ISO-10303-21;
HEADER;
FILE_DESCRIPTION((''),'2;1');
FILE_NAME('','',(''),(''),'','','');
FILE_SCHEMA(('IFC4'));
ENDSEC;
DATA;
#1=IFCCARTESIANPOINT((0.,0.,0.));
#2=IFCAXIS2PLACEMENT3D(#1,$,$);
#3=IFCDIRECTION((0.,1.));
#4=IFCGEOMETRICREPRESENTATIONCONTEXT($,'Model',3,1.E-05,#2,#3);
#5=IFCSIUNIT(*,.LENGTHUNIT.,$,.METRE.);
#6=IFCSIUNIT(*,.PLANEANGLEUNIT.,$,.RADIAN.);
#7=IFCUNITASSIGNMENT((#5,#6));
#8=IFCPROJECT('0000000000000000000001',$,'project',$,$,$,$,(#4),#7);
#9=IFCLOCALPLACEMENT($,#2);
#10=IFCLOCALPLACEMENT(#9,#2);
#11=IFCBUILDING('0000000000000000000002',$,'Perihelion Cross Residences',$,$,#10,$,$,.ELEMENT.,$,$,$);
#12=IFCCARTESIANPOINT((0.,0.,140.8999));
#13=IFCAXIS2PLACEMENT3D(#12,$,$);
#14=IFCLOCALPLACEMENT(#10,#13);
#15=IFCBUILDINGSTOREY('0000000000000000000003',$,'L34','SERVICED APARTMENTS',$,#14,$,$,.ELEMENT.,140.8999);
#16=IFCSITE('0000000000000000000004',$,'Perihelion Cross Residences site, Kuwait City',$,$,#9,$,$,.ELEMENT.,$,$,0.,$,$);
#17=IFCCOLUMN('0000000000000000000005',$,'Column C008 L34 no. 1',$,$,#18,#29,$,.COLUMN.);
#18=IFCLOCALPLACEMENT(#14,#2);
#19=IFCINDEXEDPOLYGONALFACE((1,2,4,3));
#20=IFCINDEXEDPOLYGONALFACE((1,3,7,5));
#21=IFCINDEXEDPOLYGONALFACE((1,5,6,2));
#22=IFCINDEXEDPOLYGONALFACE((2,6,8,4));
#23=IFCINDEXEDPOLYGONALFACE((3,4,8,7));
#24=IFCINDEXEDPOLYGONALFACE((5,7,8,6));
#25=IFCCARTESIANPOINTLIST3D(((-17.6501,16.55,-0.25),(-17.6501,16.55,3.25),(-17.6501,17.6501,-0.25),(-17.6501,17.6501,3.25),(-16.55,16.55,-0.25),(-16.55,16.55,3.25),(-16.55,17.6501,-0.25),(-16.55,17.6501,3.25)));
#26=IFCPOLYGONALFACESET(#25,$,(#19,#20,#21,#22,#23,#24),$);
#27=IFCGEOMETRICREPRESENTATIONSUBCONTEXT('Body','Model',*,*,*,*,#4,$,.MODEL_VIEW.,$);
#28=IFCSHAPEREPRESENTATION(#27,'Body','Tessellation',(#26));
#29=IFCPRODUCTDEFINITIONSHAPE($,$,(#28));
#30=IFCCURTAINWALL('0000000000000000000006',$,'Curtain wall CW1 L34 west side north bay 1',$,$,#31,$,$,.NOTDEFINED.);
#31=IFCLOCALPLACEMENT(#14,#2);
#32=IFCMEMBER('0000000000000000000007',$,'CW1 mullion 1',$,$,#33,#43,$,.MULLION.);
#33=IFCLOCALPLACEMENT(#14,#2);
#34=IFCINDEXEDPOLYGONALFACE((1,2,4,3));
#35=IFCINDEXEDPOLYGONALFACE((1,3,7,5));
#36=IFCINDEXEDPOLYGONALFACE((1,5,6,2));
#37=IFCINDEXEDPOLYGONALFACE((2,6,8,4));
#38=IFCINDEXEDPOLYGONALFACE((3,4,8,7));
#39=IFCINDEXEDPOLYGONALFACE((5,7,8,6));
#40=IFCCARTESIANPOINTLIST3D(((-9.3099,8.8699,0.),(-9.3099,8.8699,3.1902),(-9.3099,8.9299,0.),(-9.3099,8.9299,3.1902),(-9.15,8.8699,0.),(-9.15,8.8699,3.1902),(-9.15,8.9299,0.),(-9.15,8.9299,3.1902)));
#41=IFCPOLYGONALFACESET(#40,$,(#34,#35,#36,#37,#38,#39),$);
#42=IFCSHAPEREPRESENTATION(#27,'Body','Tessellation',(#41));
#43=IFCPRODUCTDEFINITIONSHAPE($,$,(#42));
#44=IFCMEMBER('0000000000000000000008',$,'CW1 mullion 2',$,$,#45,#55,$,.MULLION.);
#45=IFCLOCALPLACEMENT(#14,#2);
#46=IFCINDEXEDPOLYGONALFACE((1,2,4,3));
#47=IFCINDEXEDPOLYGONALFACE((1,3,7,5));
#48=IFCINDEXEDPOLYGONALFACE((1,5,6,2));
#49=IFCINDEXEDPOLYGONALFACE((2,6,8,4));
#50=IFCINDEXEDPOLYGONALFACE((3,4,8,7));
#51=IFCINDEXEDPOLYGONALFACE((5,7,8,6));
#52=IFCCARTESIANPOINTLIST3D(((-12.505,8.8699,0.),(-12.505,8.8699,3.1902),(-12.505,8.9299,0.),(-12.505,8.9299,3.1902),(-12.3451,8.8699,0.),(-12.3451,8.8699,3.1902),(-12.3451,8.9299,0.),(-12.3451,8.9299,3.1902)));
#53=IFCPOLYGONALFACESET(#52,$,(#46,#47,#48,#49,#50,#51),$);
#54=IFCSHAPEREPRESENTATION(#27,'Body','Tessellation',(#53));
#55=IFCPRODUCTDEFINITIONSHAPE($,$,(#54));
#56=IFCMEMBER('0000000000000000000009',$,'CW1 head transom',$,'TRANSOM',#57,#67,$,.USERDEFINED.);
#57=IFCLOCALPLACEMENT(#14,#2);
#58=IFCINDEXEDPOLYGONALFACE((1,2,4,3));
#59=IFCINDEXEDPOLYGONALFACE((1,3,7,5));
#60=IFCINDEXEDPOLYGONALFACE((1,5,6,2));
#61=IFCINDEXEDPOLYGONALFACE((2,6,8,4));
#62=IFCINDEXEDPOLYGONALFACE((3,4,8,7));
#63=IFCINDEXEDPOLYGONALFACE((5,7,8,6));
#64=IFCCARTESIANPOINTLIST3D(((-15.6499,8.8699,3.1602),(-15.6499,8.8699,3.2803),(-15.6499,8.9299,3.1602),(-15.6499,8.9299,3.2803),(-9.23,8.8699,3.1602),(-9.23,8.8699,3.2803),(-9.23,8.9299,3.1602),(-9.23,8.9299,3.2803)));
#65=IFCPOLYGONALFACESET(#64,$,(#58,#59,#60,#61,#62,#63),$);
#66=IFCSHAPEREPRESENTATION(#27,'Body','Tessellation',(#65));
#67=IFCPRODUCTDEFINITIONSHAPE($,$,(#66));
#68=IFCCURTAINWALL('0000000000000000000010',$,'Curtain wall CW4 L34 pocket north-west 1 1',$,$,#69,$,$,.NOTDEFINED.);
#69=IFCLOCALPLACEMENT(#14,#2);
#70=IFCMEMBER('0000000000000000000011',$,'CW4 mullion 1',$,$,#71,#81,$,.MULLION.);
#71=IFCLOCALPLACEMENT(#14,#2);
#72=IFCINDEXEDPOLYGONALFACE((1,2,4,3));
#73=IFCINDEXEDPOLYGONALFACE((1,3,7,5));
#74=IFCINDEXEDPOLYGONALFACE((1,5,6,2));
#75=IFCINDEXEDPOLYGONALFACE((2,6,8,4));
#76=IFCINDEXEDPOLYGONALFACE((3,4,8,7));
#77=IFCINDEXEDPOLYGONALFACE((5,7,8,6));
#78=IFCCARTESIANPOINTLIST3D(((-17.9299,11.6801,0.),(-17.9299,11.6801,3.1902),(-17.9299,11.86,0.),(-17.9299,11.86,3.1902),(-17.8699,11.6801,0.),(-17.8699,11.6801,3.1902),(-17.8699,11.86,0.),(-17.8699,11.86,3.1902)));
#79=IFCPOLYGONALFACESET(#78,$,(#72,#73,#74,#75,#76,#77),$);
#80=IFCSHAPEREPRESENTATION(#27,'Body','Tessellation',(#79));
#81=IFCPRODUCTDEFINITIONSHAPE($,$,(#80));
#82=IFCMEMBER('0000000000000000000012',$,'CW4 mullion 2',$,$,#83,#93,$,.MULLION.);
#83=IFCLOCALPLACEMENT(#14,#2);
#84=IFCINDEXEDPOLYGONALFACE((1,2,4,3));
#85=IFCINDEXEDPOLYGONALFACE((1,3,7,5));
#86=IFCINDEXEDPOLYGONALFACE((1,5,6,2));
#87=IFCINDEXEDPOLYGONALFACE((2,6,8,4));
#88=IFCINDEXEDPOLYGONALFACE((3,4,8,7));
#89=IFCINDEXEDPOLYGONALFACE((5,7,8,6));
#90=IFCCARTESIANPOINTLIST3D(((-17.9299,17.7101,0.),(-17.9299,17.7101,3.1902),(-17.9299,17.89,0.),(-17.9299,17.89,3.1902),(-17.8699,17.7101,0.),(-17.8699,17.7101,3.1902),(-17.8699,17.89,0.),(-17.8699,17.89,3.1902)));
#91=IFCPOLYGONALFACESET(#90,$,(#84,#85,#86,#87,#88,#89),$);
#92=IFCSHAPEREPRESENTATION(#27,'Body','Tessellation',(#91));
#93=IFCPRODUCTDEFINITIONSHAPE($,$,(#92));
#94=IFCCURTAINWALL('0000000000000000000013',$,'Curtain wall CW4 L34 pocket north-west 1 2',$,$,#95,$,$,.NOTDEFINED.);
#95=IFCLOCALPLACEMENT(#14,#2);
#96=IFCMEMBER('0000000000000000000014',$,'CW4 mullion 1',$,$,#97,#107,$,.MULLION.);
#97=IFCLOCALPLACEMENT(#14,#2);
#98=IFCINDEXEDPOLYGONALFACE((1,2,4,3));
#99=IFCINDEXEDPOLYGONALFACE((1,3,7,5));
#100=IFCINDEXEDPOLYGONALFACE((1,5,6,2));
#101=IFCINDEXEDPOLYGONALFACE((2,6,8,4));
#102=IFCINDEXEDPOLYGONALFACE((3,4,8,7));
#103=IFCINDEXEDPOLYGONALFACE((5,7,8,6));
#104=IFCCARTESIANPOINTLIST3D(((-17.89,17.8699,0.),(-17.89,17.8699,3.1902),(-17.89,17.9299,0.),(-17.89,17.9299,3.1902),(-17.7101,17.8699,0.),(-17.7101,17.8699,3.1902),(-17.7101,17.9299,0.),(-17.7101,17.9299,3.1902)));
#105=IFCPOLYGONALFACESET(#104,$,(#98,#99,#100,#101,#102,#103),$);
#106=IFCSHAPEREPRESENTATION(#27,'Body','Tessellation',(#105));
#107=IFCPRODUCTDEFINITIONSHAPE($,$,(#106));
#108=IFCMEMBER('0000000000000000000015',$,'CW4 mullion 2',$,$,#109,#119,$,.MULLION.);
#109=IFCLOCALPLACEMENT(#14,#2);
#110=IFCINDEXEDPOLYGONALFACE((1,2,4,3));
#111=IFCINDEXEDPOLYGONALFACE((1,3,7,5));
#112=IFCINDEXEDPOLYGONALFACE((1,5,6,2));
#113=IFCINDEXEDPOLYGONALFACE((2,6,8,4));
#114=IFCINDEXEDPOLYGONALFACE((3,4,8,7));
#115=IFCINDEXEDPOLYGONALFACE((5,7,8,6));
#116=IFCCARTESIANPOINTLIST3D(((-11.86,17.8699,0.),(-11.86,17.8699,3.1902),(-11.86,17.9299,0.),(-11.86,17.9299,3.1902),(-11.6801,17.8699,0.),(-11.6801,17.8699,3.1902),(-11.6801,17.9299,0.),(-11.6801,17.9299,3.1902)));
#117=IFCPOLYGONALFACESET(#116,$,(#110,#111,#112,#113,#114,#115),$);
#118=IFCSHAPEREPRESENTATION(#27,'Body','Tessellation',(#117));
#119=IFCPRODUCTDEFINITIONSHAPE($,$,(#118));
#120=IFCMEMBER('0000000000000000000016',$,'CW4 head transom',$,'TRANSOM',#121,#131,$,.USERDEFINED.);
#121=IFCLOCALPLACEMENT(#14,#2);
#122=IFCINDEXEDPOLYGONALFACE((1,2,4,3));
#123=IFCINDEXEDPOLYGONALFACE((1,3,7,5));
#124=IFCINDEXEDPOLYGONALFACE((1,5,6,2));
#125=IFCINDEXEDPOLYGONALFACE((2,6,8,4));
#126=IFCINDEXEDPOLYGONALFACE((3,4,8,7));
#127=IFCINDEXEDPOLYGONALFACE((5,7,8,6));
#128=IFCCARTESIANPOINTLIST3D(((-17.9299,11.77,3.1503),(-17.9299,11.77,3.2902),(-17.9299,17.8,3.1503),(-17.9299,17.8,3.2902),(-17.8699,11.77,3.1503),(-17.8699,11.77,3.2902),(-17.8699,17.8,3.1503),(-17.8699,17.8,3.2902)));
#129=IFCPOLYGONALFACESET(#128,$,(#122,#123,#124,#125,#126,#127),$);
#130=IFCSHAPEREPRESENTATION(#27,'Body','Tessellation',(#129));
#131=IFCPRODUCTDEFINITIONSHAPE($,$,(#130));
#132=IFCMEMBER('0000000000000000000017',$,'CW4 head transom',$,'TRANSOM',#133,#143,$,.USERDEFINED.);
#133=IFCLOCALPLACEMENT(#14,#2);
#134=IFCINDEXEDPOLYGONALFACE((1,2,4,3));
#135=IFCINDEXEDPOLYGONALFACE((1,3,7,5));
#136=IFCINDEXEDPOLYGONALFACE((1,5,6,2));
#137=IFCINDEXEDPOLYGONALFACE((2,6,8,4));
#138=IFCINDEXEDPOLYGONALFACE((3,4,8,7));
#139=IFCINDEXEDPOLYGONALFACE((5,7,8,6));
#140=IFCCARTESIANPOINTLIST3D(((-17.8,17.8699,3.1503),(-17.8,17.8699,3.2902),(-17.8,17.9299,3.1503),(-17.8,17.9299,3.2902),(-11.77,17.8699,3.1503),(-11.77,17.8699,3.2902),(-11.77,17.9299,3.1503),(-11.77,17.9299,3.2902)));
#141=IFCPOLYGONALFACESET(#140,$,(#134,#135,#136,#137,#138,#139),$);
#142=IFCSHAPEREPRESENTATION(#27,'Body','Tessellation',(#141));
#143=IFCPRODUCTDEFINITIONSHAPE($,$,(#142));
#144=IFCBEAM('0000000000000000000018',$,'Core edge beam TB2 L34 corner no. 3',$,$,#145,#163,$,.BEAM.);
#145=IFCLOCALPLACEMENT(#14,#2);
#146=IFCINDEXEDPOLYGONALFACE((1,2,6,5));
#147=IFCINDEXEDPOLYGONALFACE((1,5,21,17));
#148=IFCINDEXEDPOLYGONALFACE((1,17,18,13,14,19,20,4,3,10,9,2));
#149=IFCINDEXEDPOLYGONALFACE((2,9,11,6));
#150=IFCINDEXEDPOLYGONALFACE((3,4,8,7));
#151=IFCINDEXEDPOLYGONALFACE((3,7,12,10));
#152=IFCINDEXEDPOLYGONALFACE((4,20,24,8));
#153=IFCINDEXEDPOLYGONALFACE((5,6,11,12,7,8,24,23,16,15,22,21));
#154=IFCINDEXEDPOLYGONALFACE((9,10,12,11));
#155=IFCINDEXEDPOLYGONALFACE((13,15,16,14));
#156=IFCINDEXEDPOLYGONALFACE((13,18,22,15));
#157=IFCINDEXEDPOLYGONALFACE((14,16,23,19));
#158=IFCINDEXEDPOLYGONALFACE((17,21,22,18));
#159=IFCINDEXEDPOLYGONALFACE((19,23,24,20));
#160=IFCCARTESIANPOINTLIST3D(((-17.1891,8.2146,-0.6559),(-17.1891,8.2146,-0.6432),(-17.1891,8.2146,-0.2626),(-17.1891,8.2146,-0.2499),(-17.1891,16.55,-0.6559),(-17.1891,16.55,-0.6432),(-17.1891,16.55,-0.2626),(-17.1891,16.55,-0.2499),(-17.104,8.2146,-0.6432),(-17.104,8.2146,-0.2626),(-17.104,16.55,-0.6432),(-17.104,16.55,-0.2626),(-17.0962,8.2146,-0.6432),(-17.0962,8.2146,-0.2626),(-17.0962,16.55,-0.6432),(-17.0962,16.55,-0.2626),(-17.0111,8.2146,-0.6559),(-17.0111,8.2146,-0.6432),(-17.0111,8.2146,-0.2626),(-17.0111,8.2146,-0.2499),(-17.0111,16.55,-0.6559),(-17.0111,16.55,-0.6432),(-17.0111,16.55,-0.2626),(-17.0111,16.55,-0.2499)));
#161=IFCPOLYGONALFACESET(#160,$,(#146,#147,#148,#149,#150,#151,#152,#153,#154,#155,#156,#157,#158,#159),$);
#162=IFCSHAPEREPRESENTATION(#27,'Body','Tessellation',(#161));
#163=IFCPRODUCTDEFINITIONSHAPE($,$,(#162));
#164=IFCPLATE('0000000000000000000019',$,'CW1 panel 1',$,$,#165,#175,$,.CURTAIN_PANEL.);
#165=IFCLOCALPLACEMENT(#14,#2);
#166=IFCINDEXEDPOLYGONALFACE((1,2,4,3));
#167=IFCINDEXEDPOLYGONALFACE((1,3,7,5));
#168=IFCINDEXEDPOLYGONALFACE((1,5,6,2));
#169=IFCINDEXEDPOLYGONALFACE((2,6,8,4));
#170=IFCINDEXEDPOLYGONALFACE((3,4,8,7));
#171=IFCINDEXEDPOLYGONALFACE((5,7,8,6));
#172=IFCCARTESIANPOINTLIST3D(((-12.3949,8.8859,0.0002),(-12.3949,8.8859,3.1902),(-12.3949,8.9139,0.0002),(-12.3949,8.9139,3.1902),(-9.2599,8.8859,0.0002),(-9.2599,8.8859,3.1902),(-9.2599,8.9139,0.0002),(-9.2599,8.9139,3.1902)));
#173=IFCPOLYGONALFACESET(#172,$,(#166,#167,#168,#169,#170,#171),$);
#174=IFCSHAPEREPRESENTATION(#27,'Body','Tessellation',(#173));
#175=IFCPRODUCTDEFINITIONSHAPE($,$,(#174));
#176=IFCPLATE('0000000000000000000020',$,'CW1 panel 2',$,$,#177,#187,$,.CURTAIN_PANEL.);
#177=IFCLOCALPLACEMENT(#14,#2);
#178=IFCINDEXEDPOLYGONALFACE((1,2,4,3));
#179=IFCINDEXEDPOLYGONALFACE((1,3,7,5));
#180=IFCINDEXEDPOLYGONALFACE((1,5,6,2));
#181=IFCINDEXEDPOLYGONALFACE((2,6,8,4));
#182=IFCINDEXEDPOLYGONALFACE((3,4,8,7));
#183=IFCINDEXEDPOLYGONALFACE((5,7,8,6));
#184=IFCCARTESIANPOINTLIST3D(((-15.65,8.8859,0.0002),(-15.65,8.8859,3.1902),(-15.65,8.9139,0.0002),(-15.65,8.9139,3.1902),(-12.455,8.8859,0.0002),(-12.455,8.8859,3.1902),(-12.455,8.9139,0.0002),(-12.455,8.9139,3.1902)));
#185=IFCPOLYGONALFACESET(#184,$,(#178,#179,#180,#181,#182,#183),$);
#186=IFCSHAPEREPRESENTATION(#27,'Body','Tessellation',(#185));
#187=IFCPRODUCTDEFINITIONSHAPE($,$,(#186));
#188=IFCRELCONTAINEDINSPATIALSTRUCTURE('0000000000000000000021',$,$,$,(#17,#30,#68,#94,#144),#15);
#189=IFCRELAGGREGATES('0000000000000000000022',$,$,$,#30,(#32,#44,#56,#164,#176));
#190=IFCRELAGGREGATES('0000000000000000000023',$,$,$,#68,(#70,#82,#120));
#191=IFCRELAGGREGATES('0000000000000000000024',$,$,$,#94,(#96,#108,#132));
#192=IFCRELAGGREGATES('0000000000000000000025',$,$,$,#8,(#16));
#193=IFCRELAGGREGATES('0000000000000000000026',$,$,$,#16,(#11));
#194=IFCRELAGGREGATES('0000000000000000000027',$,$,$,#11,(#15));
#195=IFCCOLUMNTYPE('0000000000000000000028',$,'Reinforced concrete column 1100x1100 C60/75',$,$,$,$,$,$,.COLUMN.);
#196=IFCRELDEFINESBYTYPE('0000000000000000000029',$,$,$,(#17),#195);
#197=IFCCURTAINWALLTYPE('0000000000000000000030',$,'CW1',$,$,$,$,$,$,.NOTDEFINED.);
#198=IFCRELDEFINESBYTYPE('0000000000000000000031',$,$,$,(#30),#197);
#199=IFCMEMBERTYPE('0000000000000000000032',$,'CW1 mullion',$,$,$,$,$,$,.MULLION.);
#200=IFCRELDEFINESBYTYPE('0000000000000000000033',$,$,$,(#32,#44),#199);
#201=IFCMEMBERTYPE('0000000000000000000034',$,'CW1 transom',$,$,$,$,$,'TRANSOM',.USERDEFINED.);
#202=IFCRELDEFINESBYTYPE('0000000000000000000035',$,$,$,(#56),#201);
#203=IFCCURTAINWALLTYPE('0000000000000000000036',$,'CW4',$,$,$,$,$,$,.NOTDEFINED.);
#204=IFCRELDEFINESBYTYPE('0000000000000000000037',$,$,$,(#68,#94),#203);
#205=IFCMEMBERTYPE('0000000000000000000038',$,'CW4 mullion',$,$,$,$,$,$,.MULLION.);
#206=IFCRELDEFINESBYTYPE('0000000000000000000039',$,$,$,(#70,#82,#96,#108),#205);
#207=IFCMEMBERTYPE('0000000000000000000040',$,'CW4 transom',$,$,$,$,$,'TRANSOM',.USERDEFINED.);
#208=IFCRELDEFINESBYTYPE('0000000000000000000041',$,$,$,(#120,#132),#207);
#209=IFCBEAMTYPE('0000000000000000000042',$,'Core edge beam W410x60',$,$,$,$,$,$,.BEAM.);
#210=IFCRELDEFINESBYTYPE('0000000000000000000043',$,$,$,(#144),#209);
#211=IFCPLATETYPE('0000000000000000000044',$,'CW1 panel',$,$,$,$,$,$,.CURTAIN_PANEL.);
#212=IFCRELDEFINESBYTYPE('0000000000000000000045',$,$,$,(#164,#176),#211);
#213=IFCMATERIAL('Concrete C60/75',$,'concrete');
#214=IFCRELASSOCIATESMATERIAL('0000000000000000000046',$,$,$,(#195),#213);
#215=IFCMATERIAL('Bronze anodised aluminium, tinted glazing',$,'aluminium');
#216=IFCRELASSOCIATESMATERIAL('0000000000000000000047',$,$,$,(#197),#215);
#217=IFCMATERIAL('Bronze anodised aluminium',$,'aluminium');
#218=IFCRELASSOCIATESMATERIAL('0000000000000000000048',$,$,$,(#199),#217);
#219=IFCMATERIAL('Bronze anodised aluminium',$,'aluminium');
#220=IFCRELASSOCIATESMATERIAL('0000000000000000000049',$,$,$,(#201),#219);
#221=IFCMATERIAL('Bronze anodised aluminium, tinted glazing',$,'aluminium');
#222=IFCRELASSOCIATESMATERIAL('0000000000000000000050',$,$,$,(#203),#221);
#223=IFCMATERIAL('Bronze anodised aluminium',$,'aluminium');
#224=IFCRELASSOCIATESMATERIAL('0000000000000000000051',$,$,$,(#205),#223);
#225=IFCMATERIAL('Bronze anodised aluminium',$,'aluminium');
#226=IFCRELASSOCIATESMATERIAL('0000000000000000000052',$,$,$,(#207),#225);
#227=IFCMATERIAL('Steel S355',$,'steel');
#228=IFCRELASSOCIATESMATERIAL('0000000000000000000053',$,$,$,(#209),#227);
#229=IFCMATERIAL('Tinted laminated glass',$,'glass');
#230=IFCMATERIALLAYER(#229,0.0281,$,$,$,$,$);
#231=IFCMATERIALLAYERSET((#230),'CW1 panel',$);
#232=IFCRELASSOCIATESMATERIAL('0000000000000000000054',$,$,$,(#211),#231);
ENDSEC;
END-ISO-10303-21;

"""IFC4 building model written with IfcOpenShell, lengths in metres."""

from ifc_helpers import new_model, si_unit, direction, frame, origin, origin_2d, place, context, subcontext, project, spatial, rectangle, i_section, extrude, material, layer, layer_set, material_profile, profile_set, type_object, element, aggregate, save


model = new_model("IFC4")

# Units and contexts
model_context = context("Model", 3, precision=1e-05, world=origin(), true_north=direction((0.0, 1.0)))
body_context = subcontext(model_context, "Body", "Model", "MODEL_VIEW")
ifc_project = project(units=[si_unit("LENGTHUNIT", "METRE"), si_unit("PLANEANGLEUNIT", "RADIAN")], contexts=[model_context])

# Site, building, storey
site_placement = place(None, origin())
site = spatial("IfcSite", under=ifc_project, at=site_placement, Name="Perihelion Cross Residences site, Kuwait City", CompositionType="ELEMENT", RefElevation=0.0)
building_placement = place(site_placement, origin())
building = spatial("IfcBuilding", under=site, at=building_placement, Name="Perihelion Cross Residences", CompositionType="ELEMENT")
storey_placement = place(building_placement, frame((0.0, 0.0, 140.8999)))
storey = spatial("IfcBuildingStorey", under=building, at=storey_placement, Name="L34", Description="SERVICED APARTMENTS", CompositionType="ELEMENT", Elevation=140.8999)

# Column
ifc_material_1 = material(Name="Concrete C60/75", Category="concrete")
ifc_material_profile_1 = material_profile(ifc_material_1, rectangle(XDim=1.1001, YDim=1.1001, at=origin_2d()), Name="RC 1100x1100")
ifc_profile_set_1 = profile_set([ifc_material_profile_1], Name="Concrete C60/75")
column_type = type_object("IfcColumnType", Name="Reinforced concrete column 1100x1100 C60/75", PredefinedType="COLUMN", material=ifc_profile_set_1)
column_placement = place(storey_placement, frame((-17.1001, 17.1001, -0.25), z_axis=(0.0, 0.0, 1.0), x_axis=(1.0, 0.0, 0.0)))
element("IfcColumn", 1, at=column_placement, inside=storey, type_object=column_type, Name="Column C008 L34 no. 1", PredefinedType="COLUMN", context=body_context, shape_type="SweptSolid", body=[
    extrude(rectangle(XDim=1.1001, YDim=1.1001, at=origin_2d()), origin(), (0.0, 0.0, 1.0), 3.5),
])

# Curtain walls, members
ifc_material_2 = material(Name="Bronze anodised aluminium, tinted glazing", Category="aluminium")
curtain_wall_type_1 = type_object("IfcCurtainWallType", Name="CW1", PredefinedType="NOTDEFINED", material=ifc_material_2)
curtain_wall_1_placement = place(storey_placement, origin())
curtain_wall_1 = element("IfcCurtainWall", 2, at=curtain_wall_1_placement, inside=storey, type_object=curtain_wall_type_1, Name="Curtain wall CW1 L34 west side north bay 1", PredefinedType="NOTDEFINED")
ifc_material_3 = material(Name="Bronze anodised aluminium", Category="aluminium")
ifc_material_profile_2 = material_profile(ifc_material_3, rectangle(XDim=0.0601, YDim=0.1599, at=origin_2d()), Name="CW1 mullion")
ifc_profile_set_2 = profile_set([ifc_material_profile_2], Name="Bronze anodised aluminium")
member_type_1 = type_object("IfcMemberType", Name="CW1 mullion", PredefinedType="MULLION", material=ifc_profile_set_2)
member_1_placement = place(storey_placement, frame((-9.23, 8.8999, 0.0), z_axis=(0.0, 0.0, 1.0), x_axis=(0.0, -1.0, 0.0)))
member_1 = element("IfcMember", 3, at=member_1_placement, type_object=member_type_1, Name="CW1 mullion 1", PredefinedType="MULLION", context=body_context, shape_type="SweptSolid", body=[
    extrude(rectangle(XDim=0.0601, YDim=0.1599, at=origin_2d()), origin(), (0.0, 0.0, 1.0), 3.1902),
])
member_2_placement = place(storey_placement, frame((-12.425, 8.8999, 0.0), z_axis=(0.0, 0.0, 1.0), x_axis=(0.0, -1.0, 0.0)))
member_2 = element("IfcMember", 4, at=member_2_placement, type_object=member_type_1, Name="CW1 mullion 2", PredefinedType="MULLION", context=body_context, shape_type="SweptSolid", body=[
    extrude(rectangle(XDim=0.0601, YDim=0.1599, at=origin_2d()), origin(), (0.0, 0.0, 1.0), 3.1902),
])
ifc_material_4 = material(Name="Bronze anodised aluminium", Category="aluminium")
ifc_material_profile_3 = material_profile(ifc_material_4, rectangle(XDim=0.0601, YDim=0.1201, at=origin_2d()), Name="CW1 transom")
ifc_profile_set_3 = profile_set([ifc_material_profile_3], Name="Bronze anodised aluminium")
member_type_2 = type_object("IfcMemberType", Name="CW1 transom", ElementType="TRANSOM", PredefinedType="USERDEFINED", material=ifc_profile_set_3)
member_3_placement = place(storey_placement, frame((-9.23, 8.8999, 3.2202), z_axis=(-1.0, 0.0, 0.0), x_axis=(0.0, -1.0, 0.0)))
member_3 = element("IfcMember", 5, at=member_3_placement, type_object=member_type_2, Name="CW1 head transom", ObjectType="TRANSOM", PredefinedType="USERDEFINED", context=body_context, shape_type="SweptSolid", body=[
    extrude(rectangle(XDim=0.0601, YDim=0.1201, at=origin_2d()), origin(), (0.0, 0.0, 1.0), 6.4199),
])
ifc_material_5 = material(Name="Bronze anodised aluminium, tinted glazing", Category="aluminium")
curtain_wall_type_2 = type_object("IfcCurtainWallType", Name="CW4", PredefinedType="NOTDEFINED", material=ifc_material_5)
curtain_wall_2_placement = place(storey_placement, origin())
curtain_wall_2 = element("IfcCurtainWall", 6, at=curtain_wall_2_placement, inside=storey, type_object=curtain_wall_type_2, Name="Curtain wall CW4 L34 pocket north-west 1 1", PredefinedType="NOTDEFINED")
ifc_material_6 = material(Name="Bronze anodised aluminium", Category="aluminium")
ifc_material_profile_4 = material_profile(ifc_material_6, rectangle(XDim=0.0601, YDim=0.1799, at=origin_2d()), Name="CW4 mullion")
ifc_profile_set_4 = profile_set([ifc_material_profile_4], Name="Bronze anodised aluminium")
member_type_3 = type_object("IfcMemberType", Name="CW4 mullion", PredefinedType="MULLION", material=ifc_profile_set_4)
member_4_placement = place(storey_placement, frame((-17.8999, 11.77, 0.0), z_axis=(0.0, 0.0, 1.0), x_axis=(-1.0, 0.0, 0.0)))
member_4 = element("IfcMember", 7, at=member_4_placement, type_object=member_type_3, Name="CW4 mullion 1", PredefinedType="MULLION", context=body_context, shape_type="SweptSolid", body=[
    extrude(rectangle(XDim=0.0601, YDim=0.1799, at=origin_2d()), origin(), (0.0, 0.0, 1.0), 3.1902),
])
member_5_placement = place(storey_placement, frame((-17.8999, 17.8, 0.0), z_axis=(0.0, 0.0, 1.0), x_axis=(-1.0, 0.0, 0.0)))
member_5 = element("IfcMember", 8, at=member_5_placement, type_object=member_type_3, Name="CW4 mullion 2", PredefinedType="MULLION", context=body_context, shape_type="SweptSolid", body=[
    extrude(rectangle(XDim=0.0601, YDim=0.1799, at=origin_2d()), origin(), (0.0, 0.0, 1.0), 3.1902),
])
curtain_wall_3_placement = place(storey_placement, origin())
curtain_wall_3 = element("IfcCurtainWall", 9, at=curtain_wall_3_placement, inside=storey, type_object=curtain_wall_type_2, Name="Curtain wall CW4 L34 pocket north-west 1 2", PredefinedType="NOTDEFINED")
member_6_placement = place(storey_placement, frame((-17.8, 17.8999, 0.0), z_axis=(0.0, 0.0, 1.0), x_axis=(0.0, 1.0, 0.0)))
member_6 = element("IfcMember", 10, at=member_6_placement, type_object=member_type_3, Name="CW4 mullion 1", PredefinedType="MULLION", context=body_context, shape_type="SweptSolid", body=[
    extrude(rectangle(XDim=0.0601, YDim=0.1799, at=origin_2d()), origin(), (0.0, 0.0, 1.0), 3.1902),
])
member_7_placement = place(storey_placement, frame((-11.77, 17.8999, 0.0), z_axis=(0.0, 0.0, 1.0), x_axis=(0.0, 1.0, 0.0)))
member_7 = element("IfcMember", 11, at=member_7_placement, type_object=member_type_3, Name="CW4 mullion 2", PredefinedType="MULLION", context=body_context, shape_type="SweptSolid", body=[
    extrude(rectangle(XDim=0.0601, YDim=0.1799, at=origin_2d()), origin(), (0.0, 0.0, 1.0), 3.1902),
])

# Members
ifc_material_7 = material(Name="Bronze anodised aluminium", Category="aluminium")
ifc_material_profile_5 = material_profile(ifc_material_7, rectangle(XDim=0.0601, YDim=0.1399, at=origin_2d()), Name="CW4 transom")
ifc_profile_set_5 = profile_set([ifc_material_profile_5], Name="Bronze anodised aluminium")
member_type_4 = type_object("IfcMemberType", Name="CW4 transom", ElementType="TRANSOM", PredefinedType="USERDEFINED", material=ifc_profile_set_5)
member_8_placement = place(storey_placement, frame((-17.8999, 11.77, 3.2202), z_axis=(0.0, 1.0, 0.0), x_axis=(-1.0, 0.0, 0.0)))
member_8 = element("IfcMember", 12, at=member_8_placement, type_object=member_type_4, Name="CW4 head transom", ObjectType="TRANSOM", PredefinedType="USERDEFINED", context=body_context, shape_type="SweptSolid", body=[
    extrude(rectangle(XDim=0.0601, YDim=0.1399, at=origin_2d()), origin(), (0.0, 0.0, 1.0), 6.03),
])
member_9_placement = place(storey_placement, frame((-17.8, 17.8999, 3.2202), z_axis=(1.0, 0.0, 0.0), x_axis=(0.0, 1.0, 0.0)))
member_9 = element("IfcMember", 13, at=member_9_placement, type_object=member_type_4, Name="CW4 head transom", ObjectType="TRANSOM", PredefinedType="USERDEFINED", context=body_context, shape_type="SweptSolid", body=[
    extrude(rectangle(XDim=0.0601, YDim=0.1399, at=origin_2d()), origin(), (0.0, 0.0, 1.0), 6.03),
])

# Beam
ifc_material_8 = material(Name="Steel S355", Category="steel")
ifc_material_profile_6 = material_profile(ifc_material_8, i_section(OverallWidth=0.178, OverallDepth=0.406, WebThickness=0.0078, FlangeThickness=0.0127, at=origin_2d()), Name="W410x60")
ifc_profile_set_6 = profile_set([ifc_material_profile_6], Name="Steel S355")
beam_type = type_object("IfcBeamType", Name="Core edge beam W410x60", PredefinedType="BEAM", material=ifc_profile_set_6)
beam_placement = place(storey_placement, frame((-17.1001, 8.2146, -0.4529), z_axis=(0.0, 1.0, 0.0), x_axis=(-1.0, 0.0, 0.0)))
element("IfcBeam", 14, at=beam_placement, inside=storey, type_object=beam_type, Name="Core edge beam TB2 L34 corner no. 3", PredefinedType="BEAM", context=body_context, shape_type="SweptSolid", body=[
    extrude(i_section(OverallWidth=0.178, OverallDepth=0.406, WebThickness=0.0078, FlangeThickness=0.0127, at=origin_2d()), origin(), (0.0, 0.0, 1.0), 8.3354),
])

# Plates
ifc_material_9 = material(Name="Tinted laminated glass", Category="glass")
ifc_layer_1 = layer(ifc_material_9, 0.0281)
ifc_layer_set_1 = layer_set([ifc_layer_1], Name="CW1 panel")
plate_type_1 = type_object("IfcPlateType", Name="CW1 panel", PredefinedType="CURTAIN_PANEL", material=ifc_layer_set_1)
plate_1_placement = place(storey_placement, frame((-10.8274, 8.8999, 0.0002), z_axis=(0.0, 0.0, 1.0), x_axis=(-1.0, 0.0, 0.0)))
plate_1 = element("IfcPlate", 15, at=plate_1_placement, type_object=plate_type_1, Name="CW1 panel 1", PredefinedType="CURTAIN_PANEL", context=body_context, shape_type="SweptSolid", body=[
    extrude(rectangle(XDim=3.135, YDim=0.0281, at=origin_2d()), origin(), (0.0, 0.0, 1.0), 3.1899),
])
plate_2_placement = place(storey_placement, frame((-14.0525, 8.8999, 0.0002), z_axis=(0.0, 0.0, 1.0), x_axis=(-1.0, 0.0, 0.0)))
plate_2 = element("IfcPlate", 16, at=plate_2_placement, type_object=plate_type_1, Name="CW1 panel 2", PredefinedType="CURTAIN_PANEL", context=body_context, shape_type="SweptSolid", body=[
    extrude(rectangle(XDim=3.1951, YDim=0.0281, at=origin_2d()), origin(), (0.0, 0.0, 1.0), 3.1899),
])
aggregate(curtain_wall_1, [member_1, member_2, member_3, plate_1, plate_2])
aggregate(curtain_wall_2, [member_4, member_5, member_8])
aggregate(curtain_wall_3, [member_6, member_7, member_9])

save(model, "model.ifc")
